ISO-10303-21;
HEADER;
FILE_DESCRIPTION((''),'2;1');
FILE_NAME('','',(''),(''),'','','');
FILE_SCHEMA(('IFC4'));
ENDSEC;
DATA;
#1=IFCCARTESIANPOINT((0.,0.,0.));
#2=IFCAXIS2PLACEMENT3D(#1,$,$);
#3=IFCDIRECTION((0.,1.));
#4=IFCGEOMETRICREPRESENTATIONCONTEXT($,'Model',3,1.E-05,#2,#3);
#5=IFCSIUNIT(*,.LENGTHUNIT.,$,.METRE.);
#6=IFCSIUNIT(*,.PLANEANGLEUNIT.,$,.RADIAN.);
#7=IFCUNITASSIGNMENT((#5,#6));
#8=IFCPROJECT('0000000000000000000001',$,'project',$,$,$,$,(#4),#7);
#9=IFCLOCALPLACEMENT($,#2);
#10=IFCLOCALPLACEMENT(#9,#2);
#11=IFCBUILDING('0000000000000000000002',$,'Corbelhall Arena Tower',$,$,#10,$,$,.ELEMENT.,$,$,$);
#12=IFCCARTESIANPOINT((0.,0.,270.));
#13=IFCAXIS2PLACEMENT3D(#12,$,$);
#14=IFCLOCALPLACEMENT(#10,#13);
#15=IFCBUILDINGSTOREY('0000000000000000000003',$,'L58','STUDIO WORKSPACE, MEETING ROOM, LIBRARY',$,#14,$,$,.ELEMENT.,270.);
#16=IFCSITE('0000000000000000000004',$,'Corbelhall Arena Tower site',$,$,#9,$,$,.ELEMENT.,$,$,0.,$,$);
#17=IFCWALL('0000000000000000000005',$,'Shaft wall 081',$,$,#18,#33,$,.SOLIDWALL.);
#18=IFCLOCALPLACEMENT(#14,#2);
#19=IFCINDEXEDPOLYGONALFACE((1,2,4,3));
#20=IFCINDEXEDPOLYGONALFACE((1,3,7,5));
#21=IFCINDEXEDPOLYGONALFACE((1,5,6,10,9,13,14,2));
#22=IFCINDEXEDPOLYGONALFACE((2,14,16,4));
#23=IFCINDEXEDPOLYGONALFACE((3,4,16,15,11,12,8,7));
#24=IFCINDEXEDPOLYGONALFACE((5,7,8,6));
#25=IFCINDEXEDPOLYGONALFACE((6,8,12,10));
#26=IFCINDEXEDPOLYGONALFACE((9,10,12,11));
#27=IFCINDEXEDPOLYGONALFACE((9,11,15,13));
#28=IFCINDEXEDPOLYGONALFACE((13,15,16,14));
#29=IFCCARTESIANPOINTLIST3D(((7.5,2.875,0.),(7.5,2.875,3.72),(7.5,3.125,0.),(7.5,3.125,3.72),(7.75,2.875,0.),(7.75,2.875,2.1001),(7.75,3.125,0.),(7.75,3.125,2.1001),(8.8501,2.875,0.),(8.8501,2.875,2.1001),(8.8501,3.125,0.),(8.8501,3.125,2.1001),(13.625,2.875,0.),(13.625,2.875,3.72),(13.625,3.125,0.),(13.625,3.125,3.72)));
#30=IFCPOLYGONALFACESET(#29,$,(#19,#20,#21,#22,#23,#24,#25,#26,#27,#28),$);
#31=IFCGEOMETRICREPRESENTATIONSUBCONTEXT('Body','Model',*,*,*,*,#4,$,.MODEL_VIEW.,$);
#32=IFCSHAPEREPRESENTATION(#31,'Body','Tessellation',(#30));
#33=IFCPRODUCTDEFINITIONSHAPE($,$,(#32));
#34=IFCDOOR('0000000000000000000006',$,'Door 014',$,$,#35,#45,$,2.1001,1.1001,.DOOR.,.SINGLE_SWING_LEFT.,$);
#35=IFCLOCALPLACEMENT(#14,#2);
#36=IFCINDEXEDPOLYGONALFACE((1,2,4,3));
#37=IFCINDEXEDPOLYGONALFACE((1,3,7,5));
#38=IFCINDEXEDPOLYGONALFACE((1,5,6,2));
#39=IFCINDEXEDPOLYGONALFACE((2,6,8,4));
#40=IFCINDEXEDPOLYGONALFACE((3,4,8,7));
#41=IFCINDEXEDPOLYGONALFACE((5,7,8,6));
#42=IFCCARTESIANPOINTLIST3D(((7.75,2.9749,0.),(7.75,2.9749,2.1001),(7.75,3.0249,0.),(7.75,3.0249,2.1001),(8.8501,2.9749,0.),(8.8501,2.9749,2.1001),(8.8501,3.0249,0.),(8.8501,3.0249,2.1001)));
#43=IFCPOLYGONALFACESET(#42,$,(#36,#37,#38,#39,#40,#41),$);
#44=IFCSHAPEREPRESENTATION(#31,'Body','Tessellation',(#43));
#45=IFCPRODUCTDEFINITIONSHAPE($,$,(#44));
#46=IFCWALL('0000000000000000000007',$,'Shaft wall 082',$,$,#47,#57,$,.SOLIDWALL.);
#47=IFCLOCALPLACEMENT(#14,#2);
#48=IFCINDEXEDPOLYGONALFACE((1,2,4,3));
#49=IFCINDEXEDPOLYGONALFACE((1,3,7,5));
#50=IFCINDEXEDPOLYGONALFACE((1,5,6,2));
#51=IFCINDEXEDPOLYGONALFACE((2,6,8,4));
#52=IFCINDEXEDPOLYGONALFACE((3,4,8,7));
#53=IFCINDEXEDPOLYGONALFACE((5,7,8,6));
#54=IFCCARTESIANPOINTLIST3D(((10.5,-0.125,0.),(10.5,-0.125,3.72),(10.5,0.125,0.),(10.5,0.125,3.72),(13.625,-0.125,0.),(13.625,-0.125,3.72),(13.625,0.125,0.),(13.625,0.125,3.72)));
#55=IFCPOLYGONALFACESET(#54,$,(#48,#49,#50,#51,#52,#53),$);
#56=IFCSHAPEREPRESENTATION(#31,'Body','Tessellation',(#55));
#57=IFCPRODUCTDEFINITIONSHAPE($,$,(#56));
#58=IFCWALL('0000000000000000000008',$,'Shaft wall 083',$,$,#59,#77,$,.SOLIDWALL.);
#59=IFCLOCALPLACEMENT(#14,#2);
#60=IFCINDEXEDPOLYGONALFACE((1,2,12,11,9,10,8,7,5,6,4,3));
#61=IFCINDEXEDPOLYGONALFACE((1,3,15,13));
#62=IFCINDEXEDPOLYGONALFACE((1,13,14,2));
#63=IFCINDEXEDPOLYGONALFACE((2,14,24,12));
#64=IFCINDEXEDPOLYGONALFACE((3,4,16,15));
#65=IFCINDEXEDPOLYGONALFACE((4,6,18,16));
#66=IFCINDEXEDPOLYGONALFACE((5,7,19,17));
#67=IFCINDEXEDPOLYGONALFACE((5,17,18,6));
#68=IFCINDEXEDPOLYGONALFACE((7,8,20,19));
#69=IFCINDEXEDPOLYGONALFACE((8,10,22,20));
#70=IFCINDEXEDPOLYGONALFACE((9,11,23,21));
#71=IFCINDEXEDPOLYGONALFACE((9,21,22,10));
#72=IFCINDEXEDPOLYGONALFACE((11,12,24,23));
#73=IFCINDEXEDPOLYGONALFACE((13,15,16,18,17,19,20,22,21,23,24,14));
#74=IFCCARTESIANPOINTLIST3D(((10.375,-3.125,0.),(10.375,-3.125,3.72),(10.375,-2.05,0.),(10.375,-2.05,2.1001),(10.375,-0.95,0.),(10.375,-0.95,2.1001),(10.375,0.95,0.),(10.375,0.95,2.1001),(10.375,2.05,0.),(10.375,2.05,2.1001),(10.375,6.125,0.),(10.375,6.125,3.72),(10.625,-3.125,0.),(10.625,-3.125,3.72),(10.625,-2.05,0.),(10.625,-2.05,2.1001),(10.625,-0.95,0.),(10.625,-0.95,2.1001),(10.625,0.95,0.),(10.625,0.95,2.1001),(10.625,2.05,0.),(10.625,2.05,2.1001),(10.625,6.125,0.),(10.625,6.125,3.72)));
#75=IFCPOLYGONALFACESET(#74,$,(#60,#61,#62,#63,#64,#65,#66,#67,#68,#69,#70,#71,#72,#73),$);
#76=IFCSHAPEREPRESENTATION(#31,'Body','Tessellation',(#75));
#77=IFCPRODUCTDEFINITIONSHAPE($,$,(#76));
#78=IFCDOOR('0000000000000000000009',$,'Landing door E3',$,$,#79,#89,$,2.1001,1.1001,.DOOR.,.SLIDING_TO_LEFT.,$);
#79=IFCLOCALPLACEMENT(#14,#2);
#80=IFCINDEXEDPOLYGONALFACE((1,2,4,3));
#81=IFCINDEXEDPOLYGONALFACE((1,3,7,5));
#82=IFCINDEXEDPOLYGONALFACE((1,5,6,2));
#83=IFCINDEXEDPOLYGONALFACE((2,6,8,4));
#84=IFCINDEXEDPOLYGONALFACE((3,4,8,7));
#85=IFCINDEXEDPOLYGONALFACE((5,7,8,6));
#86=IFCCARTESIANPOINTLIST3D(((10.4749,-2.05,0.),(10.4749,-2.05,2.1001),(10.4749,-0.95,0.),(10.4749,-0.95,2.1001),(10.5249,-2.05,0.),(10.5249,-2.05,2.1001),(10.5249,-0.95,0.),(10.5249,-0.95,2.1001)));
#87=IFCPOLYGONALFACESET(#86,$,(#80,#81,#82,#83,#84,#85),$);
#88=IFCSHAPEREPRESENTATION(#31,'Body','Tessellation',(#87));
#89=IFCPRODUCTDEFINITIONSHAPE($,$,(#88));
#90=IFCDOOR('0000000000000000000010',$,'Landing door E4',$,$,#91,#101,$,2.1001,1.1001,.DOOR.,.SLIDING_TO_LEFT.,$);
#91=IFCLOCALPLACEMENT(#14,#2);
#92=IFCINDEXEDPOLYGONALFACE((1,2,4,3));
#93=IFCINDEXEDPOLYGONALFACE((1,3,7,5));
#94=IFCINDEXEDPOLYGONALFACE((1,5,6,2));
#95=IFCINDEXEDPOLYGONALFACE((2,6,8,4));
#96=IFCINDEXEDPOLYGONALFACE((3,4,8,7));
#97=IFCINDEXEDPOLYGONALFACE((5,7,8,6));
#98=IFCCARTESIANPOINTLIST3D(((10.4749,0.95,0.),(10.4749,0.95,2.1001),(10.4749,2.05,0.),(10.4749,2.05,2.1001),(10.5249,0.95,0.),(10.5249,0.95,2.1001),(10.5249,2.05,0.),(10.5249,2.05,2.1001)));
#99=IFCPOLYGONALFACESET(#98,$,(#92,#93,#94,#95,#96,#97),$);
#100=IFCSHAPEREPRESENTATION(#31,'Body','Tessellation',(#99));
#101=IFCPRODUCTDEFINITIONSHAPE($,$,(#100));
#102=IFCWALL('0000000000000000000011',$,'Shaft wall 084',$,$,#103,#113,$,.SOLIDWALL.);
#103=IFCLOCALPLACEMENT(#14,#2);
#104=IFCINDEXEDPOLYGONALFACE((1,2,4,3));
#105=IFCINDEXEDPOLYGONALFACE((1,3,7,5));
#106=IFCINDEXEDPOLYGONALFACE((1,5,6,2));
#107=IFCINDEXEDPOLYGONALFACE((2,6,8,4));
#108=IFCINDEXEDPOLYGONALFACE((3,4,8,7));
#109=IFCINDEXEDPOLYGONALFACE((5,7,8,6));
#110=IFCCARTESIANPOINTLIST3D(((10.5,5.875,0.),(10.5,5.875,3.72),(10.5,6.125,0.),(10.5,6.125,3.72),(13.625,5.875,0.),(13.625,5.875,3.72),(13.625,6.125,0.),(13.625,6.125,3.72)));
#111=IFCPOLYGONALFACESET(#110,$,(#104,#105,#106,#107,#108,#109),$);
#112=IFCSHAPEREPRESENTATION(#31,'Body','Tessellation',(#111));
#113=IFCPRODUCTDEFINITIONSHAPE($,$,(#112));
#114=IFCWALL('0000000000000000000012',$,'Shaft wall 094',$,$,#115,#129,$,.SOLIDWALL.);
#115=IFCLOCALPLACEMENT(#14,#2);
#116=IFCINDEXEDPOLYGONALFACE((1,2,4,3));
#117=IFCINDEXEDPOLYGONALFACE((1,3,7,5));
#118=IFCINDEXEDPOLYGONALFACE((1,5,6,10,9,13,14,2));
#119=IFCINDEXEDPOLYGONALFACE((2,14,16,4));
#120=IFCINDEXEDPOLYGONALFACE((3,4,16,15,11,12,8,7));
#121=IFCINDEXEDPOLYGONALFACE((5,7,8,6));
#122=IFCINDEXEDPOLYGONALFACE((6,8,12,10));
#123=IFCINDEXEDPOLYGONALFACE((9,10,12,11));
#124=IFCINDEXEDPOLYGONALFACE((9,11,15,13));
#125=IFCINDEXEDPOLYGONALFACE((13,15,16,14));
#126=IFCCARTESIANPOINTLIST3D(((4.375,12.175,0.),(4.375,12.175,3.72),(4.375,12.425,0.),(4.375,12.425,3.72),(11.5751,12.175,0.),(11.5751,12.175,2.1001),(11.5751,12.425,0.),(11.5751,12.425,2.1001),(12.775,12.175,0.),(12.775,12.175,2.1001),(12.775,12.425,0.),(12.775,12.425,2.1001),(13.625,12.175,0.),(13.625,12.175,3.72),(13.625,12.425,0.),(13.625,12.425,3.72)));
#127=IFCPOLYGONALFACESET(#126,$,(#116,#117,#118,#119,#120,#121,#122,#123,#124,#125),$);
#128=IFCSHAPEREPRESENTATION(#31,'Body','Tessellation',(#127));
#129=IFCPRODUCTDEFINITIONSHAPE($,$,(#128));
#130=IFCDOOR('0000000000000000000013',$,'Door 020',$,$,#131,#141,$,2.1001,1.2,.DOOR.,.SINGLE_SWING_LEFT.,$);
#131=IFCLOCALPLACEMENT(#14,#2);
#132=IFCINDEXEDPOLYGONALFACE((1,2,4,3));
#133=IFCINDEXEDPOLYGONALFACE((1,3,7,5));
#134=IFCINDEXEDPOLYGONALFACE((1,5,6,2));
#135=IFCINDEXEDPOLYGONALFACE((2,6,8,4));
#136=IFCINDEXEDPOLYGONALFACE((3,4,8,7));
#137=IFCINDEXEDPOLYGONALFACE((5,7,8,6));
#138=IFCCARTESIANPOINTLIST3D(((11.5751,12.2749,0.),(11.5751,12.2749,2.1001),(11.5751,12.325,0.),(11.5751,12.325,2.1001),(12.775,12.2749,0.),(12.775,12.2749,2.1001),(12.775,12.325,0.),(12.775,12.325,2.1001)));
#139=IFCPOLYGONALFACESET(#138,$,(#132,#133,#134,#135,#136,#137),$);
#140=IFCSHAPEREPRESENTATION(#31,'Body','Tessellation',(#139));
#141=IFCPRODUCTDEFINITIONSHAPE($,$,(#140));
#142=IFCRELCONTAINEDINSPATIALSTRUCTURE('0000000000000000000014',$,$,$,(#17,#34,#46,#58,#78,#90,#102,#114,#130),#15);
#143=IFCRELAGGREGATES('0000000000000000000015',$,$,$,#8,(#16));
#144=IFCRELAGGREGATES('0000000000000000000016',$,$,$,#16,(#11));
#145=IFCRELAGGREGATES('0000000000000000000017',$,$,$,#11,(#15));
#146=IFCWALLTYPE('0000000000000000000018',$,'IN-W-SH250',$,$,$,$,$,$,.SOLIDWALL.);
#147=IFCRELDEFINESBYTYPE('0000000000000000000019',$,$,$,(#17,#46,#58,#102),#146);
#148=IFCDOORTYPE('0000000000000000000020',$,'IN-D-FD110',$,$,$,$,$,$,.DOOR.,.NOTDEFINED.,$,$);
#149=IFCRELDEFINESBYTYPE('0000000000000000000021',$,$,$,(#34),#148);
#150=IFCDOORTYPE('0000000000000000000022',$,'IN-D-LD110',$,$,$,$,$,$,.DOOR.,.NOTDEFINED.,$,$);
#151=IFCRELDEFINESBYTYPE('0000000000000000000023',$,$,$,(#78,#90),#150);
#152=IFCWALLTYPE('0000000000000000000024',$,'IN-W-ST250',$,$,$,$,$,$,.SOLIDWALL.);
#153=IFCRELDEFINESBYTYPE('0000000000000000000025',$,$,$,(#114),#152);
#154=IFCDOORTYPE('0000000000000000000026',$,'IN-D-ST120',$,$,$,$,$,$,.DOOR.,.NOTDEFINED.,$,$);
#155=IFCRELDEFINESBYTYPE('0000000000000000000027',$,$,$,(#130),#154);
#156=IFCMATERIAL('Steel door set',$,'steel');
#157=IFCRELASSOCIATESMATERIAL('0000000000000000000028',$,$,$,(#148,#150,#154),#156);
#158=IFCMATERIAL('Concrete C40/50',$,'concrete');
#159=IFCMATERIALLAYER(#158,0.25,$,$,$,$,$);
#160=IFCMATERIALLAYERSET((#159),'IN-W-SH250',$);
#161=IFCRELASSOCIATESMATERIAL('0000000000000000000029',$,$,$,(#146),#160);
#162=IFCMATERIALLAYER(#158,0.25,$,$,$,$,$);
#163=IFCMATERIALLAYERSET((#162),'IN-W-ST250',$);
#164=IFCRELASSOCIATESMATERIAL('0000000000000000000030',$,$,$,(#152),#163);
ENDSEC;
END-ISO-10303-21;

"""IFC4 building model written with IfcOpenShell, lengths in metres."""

from ifc_helpers import new_model, si_unit, direction, frame, frame_2d, origin, place, context, subcontext, project, spatial, rectangle, extrude, material, layer, layer_set, type_object, element, fill, save


model = new_model("IFC4")

# Units and contexts
model_context = context("Model", 3, precision=1e-05, world=origin(), true_north=direction((0.0, 1.0)))
body_context = subcontext(model_context, "Body", "Model", "MODEL_VIEW")
ifc_project = project(units=[si_unit("LENGTHUNIT", "METRE"), si_unit("PLANEANGLEUNIT", "RADIAN")], contexts=[model_context])

# Site, building, storey
site_placement = place(None, origin())
site = spatial("IfcSite", under=ifc_project, at=site_placement, Name="Corbelhall Arena Tower site", CompositionType="ELEMENT", RefElevation=0.0)
building_placement = place(site_placement, origin())
building = spatial("IfcBuilding", under=site, at=building_placement, Name="Corbelhall Arena Tower", CompositionType="ELEMENT")
storey_placement = place(building_placement, frame((0.0, 0.0, 270.0)))
storey = spatial("IfcBuildingStorey", under=building, at=storey_placement, Name="L58", Description="STUDIO WORKSPACE, MEETING ROOM, LIBRARY", CompositionType="ELEMENT", Elevation=270.0)

# Shared definitions
ifc_material_1 = material(Name="Concrete C40/50", Category="concrete")

# Shared definitions
ifc_material_2 = material(Name="Steel door set", Category="steel")
door_type_1 = type_object("IfcDoorType", Name="IN-D-FD110", OperationType="NOTDEFINED", PredefinedType="DOOR", material=ifc_material_2)

# Shared definitions
ifc_layer_1 = layer(ifc_material_1, 0.25)
ifc_layer_set_1 = layer_set([ifc_layer_1], Name="IN-W-SH250")
wall_type_1 = type_object("IfcWallType", Name="IN-W-SH250", PredefinedType="SOLIDWALL", material=ifc_layer_set_1)

# Wall, opening, door
wall_1_placement = place(storey_placement, frame((7.5, 3.0, 0.0), z_axis=(0.0, 0.0, 1.0), x_axis=(1.0, 0.0, 0.0)))
wall_1 = element("IfcWall", 1, at=wall_1_placement, inside=storey, type_object=wall_type_1, Name="Shaft wall 081", PredefinedType="SOLIDWALL", context=body_context, shape_type="SweptSolid", body=[
    extrude(rectangle(XDim=6.125, YDim=0.25, at=frame_2d((3.0625, 0.0))), origin(), (0.0, 0.0, 1.0), 3.72),
])
opening_1_placement = place(wall_1_placement, frame((0.25, 0.0, 0.0)))
opening_1 = element("IfcOpeningElement", 2, at=opening_1_placement, cuts=wall_1, PredefinedType="OPENING", context=body_context, shape_type="SweptSolid", body=[
    extrude(rectangle(XDim=1.1001, YDim=2.1001, at=frame_2d((0.55, 1.05))), frame((0.0, 0.125, 0.0), z_axis=(0.0, -1.0, 0.0), x_axis=(1.0, 0.0, 0.0)), (0.0, 0.0, 1.0), 0.25),
])
door_1_placement = place(opening_1_placement, origin())
door_1 = element("IfcDoor", 3, at=door_1_placement, inside=storey, type_object=door_type_1, Name="Door 014", OperationType="SINGLE_SWING_LEFT", OverallHeight=2.1001, OverallWidth=1.1001, PredefinedType="DOOR", context=body_context, shape_type="SweptSolid", body=[
    extrude(rectangle(XDim=1.1001, YDim=2.1001, at=frame_2d((0.55, 1.05))), frame((0.0, 0.0249, 0.0), z_axis=(0.0, -1.0, 0.0), x_axis=(1.0, 0.0, 0.0)), (0.0, 0.0, 1.0), 0.05),
])
fill(opening_1, door_1)

# Wall
wall_2_placement = place(storey_placement, frame((10.5, 0.0, 0.0), z_axis=(0.0, 0.0, 1.0), x_axis=(1.0, 0.0, 0.0)))
element("IfcWall", 4, at=wall_2_placement, inside=storey, type_object=wall_type_1, Name="Shaft wall 082", PredefinedType="SOLIDWALL", context=body_context, shape_type="SweptSolid", body=[
    extrude(rectangle(XDim=3.125, YDim=0.25, at=frame_2d((1.5625, 0.0))), origin(), (0.0, 0.0, 1.0), 3.72),
])

# Wall, openings, doors
wall_3_placement = place(storey_placement, frame((10.5, 6.125, 0.0), z_axis=(0.0, 0.0, 1.0), x_axis=(0.0, -1.0, 0.0)))
wall_3 = element("IfcWall", 5, at=wall_3_placement, inside=storey, type_object=wall_type_1, Name="Shaft wall 083", PredefinedType="SOLIDWALL", context=body_context, shape_type="SweptSolid", body=[
    extrude(rectangle(XDim=9.25, YDim=0.25, at=frame_2d((4.625, 0.0))), origin(), (0.0, 0.0, 1.0), 3.72),
])
opening_2_placement = place(wall_3_placement, frame((7.075, 0.0, 0.0)))
opening_2 = element("IfcOpeningElement", 6, at=opening_2_placement, cuts=wall_3, PredefinedType="OPENING", context=body_context, shape_type="SweptSolid", body=[
    extrude(rectangle(XDim=1.1001, YDim=2.1001, at=frame_2d((0.55, 1.05))), frame((0.0, 0.125, 0.0), z_axis=(0.0, -1.0, 0.0), x_axis=(1.0, 0.0, 0.0)), (0.0, 0.0, 1.0), 0.25),
])
opening_3_placement = place(wall_3_placement, frame((4.075, 0.0, 0.0)))
opening_3 = element("IfcOpeningElement", 7, at=opening_3_placement, cuts=wall_3, PredefinedType="OPENING", context=body_context, shape_type="SweptSolid", body=[
    extrude(rectangle(XDim=1.1001, YDim=2.1001, at=frame_2d((0.55, 1.05))), frame((0.0, 0.125, 0.0), z_axis=(0.0, -1.0, 0.0), x_axis=(1.0, 0.0, 0.0)), (0.0, 0.0, 1.0), 0.25),
])
door_type_2 = type_object("IfcDoorType", Name="IN-D-LD110", OperationType="NOTDEFINED", PredefinedType="DOOR", material=ifc_material_2)
door_2_placement = place(opening_2_placement, origin())
door_2 = element("IfcDoor", 8, at=door_2_placement, inside=storey, type_object=door_type_2, Name="Landing door E3", OperationType="SLIDING_TO_LEFT", OverallHeight=2.1001, OverallWidth=1.1001, PredefinedType="DOOR", context=body_context, shape_type="SweptSolid", body=[
    extrude(rectangle(XDim=1.1001, YDim=2.1001, at=frame_2d((0.55, 1.05))), frame((0.0, 0.0249, 0.0), z_axis=(0.0, -1.0, 0.0), x_axis=(1.0, 0.0, 0.0)), (0.0, 0.0, 1.0), 0.05),
])
fill(opening_2, door_2)
door_3_placement = place(opening_3_placement, origin())
door_3 = element("IfcDoor", 9, at=door_3_placement, inside=storey, type_object=door_type_2, Name="Landing door E4", OperationType="SLIDING_TO_LEFT", OverallHeight=2.1001, OverallWidth=1.1001, PredefinedType="DOOR", context=body_context, shape_type="SweptSolid", body=[
    extrude(rectangle(XDim=1.1001, YDim=2.1001, at=frame_2d((0.55, 1.05))), frame((0.0, 0.0249, 0.0), z_axis=(0.0, -1.0, 0.0), x_axis=(1.0, 0.0, 0.0)), (0.0, 0.0, 1.0), 0.05),
])
fill(opening_3, door_3)

# Wall
wall_4_placement = place(storey_placement, frame((10.5, 6.0, 0.0), z_axis=(0.0, 0.0, 1.0), x_axis=(1.0, 0.0, 0.0)))
element("IfcWall", 10, at=wall_4_placement, inside=storey, type_object=wall_type_1, Name="Shaft wall 084", PredefinedType="SOLIDWALL", context=body_context, shape_type="SweptSolid", body=[
    extrude(rectangle(XDim=3.125, YDim=0.25, at=frame_2d((1.5625, 0.0))), origin(), (0.0, 0.0, 1.0), 3.72),
])

# Wall, opening, door
ifc_layer_2 = layer(ifc_material_1, 0.25)
ifc_layer_set_2 = layer_set([ifc_layer_2], Name="IN-W-ST250")
wall_type_2 = type_object("IfcWallType", Name="IN-W-ST250", PredefinedType="SOLIDWALL", material=ifc_layer_set_2)
wall_5_placement = place(storey_placement, frame((4.375, 12.3, 0.0), z_axis=(0.0, 0.0, 1.0), x_axis=(1.0, 0.0, 0.0)))
wall_5 = element("IfcWall", 11, at=wall_5_placement, inside=storey, type_object=wall_type_2, Name="Shaft wall 094", PredefinedType="SOLIDWALL", context=body_context, shape_type="SweptSolid", body=[
    extrude(rectangle(XDim=9.25, YDim=0.25, at=frame_2d((4.625, 0.0))), origin(), (0.0, 0.0, 1.0), 3.72),
])
opening_4_placement = place(wall_5_placement, frame((7.2, 0.0, 0.0)))
opening_4 = element("IfcOpeningElement", 12, at=opening_4_placement, cuts=wall_5, PredefinedType="OPENING", context=body_context, shape_type="SweptSolid", body=[
    extrude(rectangle(XDim=1.2, YDim=2.1001, at=frame_2d((0.6001, 1.05))), frame((0.0, 0.125, 0.0), z_axis=(0.0, -1.0, 0.0), x_axis=(1.0, 0.0, 0.0)), (0.0, 0.0, 1.0), 0.25),
])
door_type_3 = type_object("IfcDoorType", Name="IN-D-ST120", OperationType="NOTDEFINED", PredefinedType="DOOR", material=ifc_material_2)
door_4_placement = place(opening_4_placement, origin())
door_4 = element("IfcDoor", 13, at=door_4_placement, inside=storey, type_object=door_type_3, Name="Door 020", OperationType="SINGLE_SWING_LEFT", OverallHeight=2.1001, OverallWidth=1.2, PredefinedType="DOOR", context=body_context, shape_type="SweptSolid", body=[
    extrude(rectangle(XDim=1.2, YDim=2.1001, at=frame_2d((0.6001, 1.05))), frame((0.0, 0.0249, 0.0), z_axis=(0.0, -1.0, 0.0), x_axis=(1.0, 0.0, 0.0)), (0.0, 0.0, 1.0), 0.05),
])
fill(opening_4, door_4)

save(model, "model.ifc")
